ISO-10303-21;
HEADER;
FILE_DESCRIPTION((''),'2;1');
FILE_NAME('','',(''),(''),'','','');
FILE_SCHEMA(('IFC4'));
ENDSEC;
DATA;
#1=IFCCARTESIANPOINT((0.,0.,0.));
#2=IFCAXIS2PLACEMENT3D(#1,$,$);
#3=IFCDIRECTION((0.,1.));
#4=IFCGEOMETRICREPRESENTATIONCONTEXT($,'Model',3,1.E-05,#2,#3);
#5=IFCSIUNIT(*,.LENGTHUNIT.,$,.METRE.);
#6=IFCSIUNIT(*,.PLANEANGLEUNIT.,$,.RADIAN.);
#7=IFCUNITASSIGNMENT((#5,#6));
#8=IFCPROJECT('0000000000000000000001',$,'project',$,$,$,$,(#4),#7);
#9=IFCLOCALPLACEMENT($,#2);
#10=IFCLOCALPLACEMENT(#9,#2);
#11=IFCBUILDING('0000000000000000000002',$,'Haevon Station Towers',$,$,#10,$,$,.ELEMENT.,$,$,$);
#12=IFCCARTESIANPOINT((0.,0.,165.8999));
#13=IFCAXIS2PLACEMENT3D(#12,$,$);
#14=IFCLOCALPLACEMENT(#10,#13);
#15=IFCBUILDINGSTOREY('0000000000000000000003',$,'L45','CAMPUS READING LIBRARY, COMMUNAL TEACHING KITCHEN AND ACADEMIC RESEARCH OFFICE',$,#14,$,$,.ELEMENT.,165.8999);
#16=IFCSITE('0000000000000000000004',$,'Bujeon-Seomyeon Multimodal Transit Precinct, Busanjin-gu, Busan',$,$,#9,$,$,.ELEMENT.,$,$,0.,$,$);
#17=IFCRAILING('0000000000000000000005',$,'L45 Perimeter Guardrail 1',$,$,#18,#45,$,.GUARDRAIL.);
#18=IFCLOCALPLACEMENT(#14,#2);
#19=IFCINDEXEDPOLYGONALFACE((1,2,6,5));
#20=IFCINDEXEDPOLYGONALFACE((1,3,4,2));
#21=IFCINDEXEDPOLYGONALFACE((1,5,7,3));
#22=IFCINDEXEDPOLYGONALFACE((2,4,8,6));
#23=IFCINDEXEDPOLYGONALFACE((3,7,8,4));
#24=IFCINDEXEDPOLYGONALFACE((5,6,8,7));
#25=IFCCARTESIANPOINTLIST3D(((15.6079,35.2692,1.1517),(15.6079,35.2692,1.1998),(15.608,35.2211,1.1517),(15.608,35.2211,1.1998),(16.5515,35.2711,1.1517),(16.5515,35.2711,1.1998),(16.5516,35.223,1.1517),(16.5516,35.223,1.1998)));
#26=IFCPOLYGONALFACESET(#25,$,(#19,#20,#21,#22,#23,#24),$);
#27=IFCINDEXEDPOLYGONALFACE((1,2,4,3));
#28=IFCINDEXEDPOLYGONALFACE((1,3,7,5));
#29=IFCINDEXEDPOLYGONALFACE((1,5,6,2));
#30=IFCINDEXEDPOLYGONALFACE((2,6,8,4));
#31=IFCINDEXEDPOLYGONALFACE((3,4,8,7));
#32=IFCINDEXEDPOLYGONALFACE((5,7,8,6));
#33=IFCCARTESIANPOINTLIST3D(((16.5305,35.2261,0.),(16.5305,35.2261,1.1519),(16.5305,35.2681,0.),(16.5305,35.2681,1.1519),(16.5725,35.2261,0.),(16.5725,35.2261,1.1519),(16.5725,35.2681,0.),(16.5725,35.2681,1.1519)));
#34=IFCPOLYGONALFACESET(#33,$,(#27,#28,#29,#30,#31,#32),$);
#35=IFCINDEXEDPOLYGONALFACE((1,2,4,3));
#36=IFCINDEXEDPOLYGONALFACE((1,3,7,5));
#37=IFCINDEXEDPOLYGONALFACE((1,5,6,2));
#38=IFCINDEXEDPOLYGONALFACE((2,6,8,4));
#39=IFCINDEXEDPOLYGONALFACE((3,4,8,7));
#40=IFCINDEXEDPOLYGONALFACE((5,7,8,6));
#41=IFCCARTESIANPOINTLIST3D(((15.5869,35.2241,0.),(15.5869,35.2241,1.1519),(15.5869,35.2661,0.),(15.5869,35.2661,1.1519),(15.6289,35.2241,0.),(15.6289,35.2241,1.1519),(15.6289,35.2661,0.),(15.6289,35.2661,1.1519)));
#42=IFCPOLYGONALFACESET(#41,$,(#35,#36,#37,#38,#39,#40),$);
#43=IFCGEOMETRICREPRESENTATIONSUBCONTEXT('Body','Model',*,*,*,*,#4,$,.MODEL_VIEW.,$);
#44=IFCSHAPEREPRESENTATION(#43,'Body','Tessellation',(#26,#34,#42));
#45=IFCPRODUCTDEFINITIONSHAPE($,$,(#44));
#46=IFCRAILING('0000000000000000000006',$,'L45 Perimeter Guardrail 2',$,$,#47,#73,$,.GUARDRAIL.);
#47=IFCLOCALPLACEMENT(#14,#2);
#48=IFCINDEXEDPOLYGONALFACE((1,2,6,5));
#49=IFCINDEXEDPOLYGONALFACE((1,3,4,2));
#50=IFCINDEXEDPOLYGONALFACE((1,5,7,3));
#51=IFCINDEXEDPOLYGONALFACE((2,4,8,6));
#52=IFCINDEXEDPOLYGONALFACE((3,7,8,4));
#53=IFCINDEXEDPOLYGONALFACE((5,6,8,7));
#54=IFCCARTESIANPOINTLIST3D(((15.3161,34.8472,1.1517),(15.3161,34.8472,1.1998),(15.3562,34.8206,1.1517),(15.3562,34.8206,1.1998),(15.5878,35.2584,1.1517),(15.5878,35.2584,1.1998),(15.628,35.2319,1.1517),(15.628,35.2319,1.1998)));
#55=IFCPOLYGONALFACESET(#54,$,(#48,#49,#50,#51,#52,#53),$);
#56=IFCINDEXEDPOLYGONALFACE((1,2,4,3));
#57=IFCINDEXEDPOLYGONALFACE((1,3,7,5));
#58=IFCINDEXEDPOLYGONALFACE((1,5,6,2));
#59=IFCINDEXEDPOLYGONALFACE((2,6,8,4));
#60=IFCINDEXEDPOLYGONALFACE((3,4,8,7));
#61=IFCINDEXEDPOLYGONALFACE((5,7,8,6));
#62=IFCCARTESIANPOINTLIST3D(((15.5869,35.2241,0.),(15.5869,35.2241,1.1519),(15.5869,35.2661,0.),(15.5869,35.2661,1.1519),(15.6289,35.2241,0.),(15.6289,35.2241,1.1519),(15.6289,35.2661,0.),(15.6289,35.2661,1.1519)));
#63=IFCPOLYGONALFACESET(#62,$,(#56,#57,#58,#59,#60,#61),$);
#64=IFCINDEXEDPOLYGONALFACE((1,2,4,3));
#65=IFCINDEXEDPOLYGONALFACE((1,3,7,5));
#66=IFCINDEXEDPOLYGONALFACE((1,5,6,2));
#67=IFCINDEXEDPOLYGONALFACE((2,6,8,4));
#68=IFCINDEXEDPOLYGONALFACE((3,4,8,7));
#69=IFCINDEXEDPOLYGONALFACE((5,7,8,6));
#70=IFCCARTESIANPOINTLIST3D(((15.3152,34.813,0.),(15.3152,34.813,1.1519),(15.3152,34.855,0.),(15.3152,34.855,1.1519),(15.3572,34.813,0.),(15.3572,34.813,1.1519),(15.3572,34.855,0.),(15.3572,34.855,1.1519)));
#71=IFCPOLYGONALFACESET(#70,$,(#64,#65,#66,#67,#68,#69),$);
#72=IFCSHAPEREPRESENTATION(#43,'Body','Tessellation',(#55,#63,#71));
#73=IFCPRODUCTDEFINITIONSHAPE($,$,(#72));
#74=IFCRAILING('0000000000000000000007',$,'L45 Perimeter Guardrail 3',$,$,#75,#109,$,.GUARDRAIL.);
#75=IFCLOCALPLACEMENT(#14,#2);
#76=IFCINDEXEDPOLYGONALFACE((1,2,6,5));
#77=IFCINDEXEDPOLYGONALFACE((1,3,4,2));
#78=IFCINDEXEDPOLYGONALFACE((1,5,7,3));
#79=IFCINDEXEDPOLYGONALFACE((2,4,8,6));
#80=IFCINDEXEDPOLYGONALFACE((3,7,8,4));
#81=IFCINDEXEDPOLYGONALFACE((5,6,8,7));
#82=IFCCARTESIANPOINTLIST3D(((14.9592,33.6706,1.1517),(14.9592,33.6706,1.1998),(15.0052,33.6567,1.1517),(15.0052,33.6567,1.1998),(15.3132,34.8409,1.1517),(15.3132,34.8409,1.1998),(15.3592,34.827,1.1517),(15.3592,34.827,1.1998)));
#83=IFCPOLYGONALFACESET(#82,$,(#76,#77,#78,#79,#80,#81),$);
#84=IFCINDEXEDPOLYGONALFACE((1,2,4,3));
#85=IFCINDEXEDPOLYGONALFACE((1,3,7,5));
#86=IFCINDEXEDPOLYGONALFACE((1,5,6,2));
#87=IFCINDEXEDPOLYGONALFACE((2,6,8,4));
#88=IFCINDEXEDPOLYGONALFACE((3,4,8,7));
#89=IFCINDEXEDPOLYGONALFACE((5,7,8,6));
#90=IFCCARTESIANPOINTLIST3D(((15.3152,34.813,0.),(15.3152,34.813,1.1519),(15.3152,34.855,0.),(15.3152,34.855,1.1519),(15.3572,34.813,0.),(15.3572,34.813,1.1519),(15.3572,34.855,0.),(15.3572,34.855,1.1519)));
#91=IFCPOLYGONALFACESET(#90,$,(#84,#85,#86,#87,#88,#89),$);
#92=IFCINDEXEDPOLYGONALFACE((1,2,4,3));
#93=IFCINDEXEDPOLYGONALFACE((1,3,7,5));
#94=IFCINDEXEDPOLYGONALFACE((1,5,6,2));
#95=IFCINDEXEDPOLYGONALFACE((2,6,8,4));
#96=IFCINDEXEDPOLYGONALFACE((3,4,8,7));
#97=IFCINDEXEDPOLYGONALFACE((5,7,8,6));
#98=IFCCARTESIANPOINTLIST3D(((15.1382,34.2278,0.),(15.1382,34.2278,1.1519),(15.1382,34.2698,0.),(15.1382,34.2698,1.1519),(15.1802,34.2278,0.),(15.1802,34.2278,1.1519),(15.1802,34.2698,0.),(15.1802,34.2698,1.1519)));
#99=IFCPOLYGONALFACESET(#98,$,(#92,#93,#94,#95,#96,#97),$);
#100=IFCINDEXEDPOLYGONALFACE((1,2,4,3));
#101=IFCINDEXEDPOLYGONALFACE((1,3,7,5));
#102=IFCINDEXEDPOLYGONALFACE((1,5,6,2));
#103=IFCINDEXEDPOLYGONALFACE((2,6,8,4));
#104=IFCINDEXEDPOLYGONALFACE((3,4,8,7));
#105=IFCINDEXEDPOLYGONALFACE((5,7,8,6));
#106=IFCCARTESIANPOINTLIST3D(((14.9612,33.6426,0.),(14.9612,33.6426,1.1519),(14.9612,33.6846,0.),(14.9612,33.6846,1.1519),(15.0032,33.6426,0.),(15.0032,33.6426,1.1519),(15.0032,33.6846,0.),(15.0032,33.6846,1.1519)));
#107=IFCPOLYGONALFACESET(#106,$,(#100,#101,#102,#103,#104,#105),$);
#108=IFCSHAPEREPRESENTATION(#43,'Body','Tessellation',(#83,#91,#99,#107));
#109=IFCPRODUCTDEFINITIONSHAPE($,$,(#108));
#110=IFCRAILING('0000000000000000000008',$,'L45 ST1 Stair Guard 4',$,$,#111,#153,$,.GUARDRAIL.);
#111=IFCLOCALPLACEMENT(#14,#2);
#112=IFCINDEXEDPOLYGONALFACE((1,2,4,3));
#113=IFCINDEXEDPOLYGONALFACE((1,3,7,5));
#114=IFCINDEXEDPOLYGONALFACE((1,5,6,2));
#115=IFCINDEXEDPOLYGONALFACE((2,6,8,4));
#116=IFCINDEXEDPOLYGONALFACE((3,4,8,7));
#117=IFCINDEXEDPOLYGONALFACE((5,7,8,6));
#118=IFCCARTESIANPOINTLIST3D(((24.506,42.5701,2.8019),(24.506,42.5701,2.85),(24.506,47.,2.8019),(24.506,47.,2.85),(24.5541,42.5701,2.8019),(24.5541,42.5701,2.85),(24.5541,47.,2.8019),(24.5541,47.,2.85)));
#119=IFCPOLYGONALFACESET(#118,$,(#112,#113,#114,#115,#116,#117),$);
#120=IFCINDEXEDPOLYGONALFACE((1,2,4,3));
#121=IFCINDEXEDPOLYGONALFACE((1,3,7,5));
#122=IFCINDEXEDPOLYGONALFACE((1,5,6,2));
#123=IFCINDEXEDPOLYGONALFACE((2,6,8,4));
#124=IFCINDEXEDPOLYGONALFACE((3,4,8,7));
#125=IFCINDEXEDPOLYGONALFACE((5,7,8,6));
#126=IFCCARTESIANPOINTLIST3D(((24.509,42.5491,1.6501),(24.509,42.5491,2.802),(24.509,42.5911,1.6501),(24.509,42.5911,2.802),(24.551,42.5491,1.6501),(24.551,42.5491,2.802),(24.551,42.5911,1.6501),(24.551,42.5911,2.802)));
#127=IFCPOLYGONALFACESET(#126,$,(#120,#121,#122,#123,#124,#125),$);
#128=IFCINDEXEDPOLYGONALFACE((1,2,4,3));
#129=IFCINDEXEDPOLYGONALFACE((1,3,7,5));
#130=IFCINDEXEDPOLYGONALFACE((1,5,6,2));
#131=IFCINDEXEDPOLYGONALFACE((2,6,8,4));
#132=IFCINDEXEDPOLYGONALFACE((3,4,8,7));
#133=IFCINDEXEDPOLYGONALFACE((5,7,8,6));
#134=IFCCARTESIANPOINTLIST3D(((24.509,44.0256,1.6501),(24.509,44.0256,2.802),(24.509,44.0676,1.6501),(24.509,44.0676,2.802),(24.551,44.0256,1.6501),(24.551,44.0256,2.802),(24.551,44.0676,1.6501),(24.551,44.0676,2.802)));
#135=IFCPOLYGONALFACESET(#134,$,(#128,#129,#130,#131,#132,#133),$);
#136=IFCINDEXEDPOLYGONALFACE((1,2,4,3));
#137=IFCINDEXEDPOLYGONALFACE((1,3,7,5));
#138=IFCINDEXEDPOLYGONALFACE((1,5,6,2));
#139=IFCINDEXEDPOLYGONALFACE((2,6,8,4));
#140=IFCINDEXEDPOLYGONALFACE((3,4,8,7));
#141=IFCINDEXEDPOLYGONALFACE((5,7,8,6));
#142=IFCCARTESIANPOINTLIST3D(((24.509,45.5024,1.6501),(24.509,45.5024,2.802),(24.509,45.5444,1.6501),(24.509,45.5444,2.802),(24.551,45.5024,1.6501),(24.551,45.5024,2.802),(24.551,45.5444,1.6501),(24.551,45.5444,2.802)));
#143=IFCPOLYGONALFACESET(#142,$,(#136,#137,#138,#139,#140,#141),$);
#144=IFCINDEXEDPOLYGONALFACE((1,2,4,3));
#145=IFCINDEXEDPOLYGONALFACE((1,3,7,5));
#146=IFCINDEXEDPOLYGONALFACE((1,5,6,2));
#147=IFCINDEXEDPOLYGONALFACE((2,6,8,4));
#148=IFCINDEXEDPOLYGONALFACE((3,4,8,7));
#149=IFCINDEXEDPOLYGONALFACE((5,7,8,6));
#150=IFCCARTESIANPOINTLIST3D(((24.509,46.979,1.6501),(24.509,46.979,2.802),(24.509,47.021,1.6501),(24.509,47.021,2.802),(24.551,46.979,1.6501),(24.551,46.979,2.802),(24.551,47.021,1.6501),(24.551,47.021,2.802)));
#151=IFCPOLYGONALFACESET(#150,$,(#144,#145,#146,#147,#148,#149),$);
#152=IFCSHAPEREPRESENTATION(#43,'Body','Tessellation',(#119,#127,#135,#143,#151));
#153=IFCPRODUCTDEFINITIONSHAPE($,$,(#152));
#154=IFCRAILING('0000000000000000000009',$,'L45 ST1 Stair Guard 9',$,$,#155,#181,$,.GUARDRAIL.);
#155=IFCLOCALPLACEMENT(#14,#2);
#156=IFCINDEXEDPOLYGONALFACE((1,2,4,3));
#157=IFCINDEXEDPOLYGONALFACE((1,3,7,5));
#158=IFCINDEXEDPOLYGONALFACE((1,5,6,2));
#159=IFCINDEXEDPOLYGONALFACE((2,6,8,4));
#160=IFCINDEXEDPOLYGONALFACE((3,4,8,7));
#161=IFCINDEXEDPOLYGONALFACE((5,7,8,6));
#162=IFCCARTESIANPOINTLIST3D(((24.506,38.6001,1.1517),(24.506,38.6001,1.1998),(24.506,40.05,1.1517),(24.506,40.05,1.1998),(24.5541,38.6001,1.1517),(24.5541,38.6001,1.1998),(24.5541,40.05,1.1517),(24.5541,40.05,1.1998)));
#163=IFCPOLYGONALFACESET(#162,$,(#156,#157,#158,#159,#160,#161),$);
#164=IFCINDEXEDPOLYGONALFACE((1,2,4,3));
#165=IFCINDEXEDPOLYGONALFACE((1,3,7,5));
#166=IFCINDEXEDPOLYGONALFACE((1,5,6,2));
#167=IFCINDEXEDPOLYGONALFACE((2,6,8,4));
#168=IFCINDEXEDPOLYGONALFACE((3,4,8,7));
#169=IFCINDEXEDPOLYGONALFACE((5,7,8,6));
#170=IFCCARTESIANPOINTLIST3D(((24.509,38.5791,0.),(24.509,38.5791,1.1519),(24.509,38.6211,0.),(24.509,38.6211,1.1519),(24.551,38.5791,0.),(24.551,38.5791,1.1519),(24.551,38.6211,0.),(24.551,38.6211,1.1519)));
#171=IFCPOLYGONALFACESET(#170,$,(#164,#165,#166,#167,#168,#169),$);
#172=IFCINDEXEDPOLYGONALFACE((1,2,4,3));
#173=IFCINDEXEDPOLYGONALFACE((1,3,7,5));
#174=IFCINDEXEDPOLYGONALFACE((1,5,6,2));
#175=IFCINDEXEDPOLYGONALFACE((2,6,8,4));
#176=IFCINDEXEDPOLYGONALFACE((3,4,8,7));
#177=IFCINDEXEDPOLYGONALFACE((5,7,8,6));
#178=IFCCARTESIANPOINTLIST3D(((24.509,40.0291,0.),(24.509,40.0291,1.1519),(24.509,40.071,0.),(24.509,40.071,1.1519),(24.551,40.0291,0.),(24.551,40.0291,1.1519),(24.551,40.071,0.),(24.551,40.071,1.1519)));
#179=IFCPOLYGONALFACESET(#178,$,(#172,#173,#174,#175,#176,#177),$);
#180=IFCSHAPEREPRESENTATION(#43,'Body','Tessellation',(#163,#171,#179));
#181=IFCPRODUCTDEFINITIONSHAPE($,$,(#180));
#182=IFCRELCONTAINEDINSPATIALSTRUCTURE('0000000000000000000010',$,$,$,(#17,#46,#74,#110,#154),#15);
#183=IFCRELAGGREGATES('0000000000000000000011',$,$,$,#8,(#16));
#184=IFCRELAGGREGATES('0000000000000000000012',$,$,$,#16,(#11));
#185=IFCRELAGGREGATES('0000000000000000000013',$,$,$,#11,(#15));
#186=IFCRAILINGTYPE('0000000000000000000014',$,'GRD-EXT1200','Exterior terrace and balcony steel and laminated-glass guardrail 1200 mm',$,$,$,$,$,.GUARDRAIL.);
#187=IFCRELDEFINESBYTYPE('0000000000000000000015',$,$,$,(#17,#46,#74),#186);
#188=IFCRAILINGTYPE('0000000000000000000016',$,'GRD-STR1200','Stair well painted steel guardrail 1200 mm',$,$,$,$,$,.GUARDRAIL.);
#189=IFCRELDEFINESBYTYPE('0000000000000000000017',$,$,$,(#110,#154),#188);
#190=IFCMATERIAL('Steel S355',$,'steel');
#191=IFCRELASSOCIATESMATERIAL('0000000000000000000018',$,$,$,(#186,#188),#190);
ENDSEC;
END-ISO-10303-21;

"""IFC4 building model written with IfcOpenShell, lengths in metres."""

from ifc_helpers import new_model, si_unit, direction, frame, origin, origin_2d, place, context, subcontext, project, spatial, rectangle, extrude, material, type_object, element, save


model = new_model("IFC4")

# Units and contexts
model_context = context("Model", 3, precision=1e-05, world=origin(), true_north=direction((0.0, 1.0)))
body_context = subcontext(model_context, "Body", "Model", "MODEL_VIEW")
ifc_project = project(units=[si_unit("LENGTHUNIT", "METRE"), si_unit("PLANEANGLEUNIT", "RADIAN")], contexts=[model_context])

# Site, building, storey
site_placement = place(None, origin())
site = spatial("IfcSite", under=ifc_project, at=site_placement, Name="Bujeon-Seomyeon Multimodal Transit Precinct, Busanjin-gu, Busan", CompositionType="ELEMENT", RefElevation=0.0)
building_placement = place(site_placement, origin())
building = spatial("IfcBuilding", under=site, at=building_placement, Name="Haevon Station Towers", CompositionType="ELEMENT")
storey_placement = place(building_placement, frame((0.0, 0.0, 165.8999)))
storey = spatial("IfcBuildingStorey", under=building, at=storey_placement, Name="L45", Description="CAMPUS READING LIBRARY, COMMUNAL TEACHING KITCHEN AND ACADEMIC RESEARCH OFFICE", CompositionType="ELEMENT", Elevation=165.8999)

# Shared definitions
ifc_material_1 = material(Name="Steel S355", Category="steel")

# Railings
railing_type_1 = type_object("IfcRailingType", Name="GRD-EXT1200", Description="Exterior terrace and balcony steel and laminated-glass guardrail 1200 mm", PredefinedType="GUARDRAIL", material=ifc_material_1)
railing_1_placement = place(storey_placement, frame((16.5515, 35.2471, 0.0)))
element("IfcRailing", 1, at=railing_1_placement, inside=storey, type_object=railing_type_1, Name="L45 Perimeter Guardrail 1", PredefinedType="GUARDRAIL", context=body_context, shape_type="SweptSolid", body=[
    extrude(rectangle(XDim=0.0481, YDim=0.0481, at=origin_2d()), frame((0.0, 0.0, 1.1758), z_axis=(-0.999998, -0.00207, 0.0), x_axis=(0.00207, -0.999998, 0.0)), (0.0, 0.0, 1.0), 0.9436),
    extrude(rectangle(XDim=0.042, YDim=0.042, at=origin_2d()), origin(), (0.0, 0.0, 1.0), 1.1519),
    extrude(rectangle(XDim=0.042, YDim=0.042, at=origin_2d()), frame((-0.9436, -0.002, 0.0)), (0.0, 0.0, 1.0), 1.1519),
])
railing_2_placement = place(storey_placement, frame((15.6079, 35.2451, 0.0)))
element("IfcRailing", 2, at=railing_2_placement, inside=storey, type_object=railing_type_1, Name="L45 Perimeter Guardrail 2", PredefinedType="GUARDRAIL", context=body_context, shape_type="SweptSolid", body=[
    extrude(rectangle(XDim=0.0481, YDim=0.0481, at=origin_2d()), frame((0.0, 0.0, 1.1758), z_axis=(-0.55138, -0.834254, 0.0), x_axis=(0.834254, -0.55138, 0.0)), (0.0, 0.0, 1.0), 0.4929),
    extrude(rectangle(XDim=0.042, YDim=0.042, at=origin_2d()), origin(), (0.0, 0.0, 1.0), 1.1519),
    extrude(rectangle(XDim=0.042, YDim=0.042, at=origin_2d()), frame((-0.2717, -0.4111, 0.0)), (0.0, 0.0, 1.0), 1.1519),
])
railing_3_placement = place(storey_placement, frame((15.3362, 34.834, 0.0)))
element("IfcRailing", 3, at=railing_3_placement, inside=storey, type_object=railing_type_1, Name="L45 Perimeter Guardrail 3", PredefinedType="GUARDRAIL", context=body_context, shape_type="SweptSolid", body=[
    extrude(rectangle(XDim=0.0481, YDim=0.0481, at=origin_2d()), frame((0.0, 0.0, 1.1758), z_axis=(-0.289509, -0.957175, 0.0), x_axis=(0.957175, -0.289509, 0.0)), (0.0, 0.0, 1.0), 1.2227),
    extrude(rectangle(XDim=0.042, YDim=0.042, at=origin_2d()), origin(), (0.0, 0.0, 1.0), 1.1519),
    extrude(rectangle(XDim=0.042, YDim=0.042, at=origin_2d()), frame((-0.177, -0.5852, 0.0)), (0.0, 0.0, 1.0), 1.1519),
    extrude(rectangle(XDim=0.042, YDim=0.042, at=origin_2d()), frame((-0.354, -1.1704, 0.0)), (0.0, 0.0, 1.0), 1.1519),
])
railing_type_2 = type_object("IfcRailingType", Name="GRD-STR1200", Description="Stair well painted steel guardrail 1200 mm", PredefinedType="GUARDRAIL", material=ifc_material_1)
railing_4_placement = place(storey_placement, frame((24.53, 42.5701, 1.6501)))
element("IfcRailing", 4, at=railing_4_placement, inside=storey, type_object=railing_type_2, Name="L45 ST1 Stair Guard 4", PredefinedType="GUARDRAIL", context=body_context, shape_type="SweptSolid", body=[
    extrude(rectangle(XDim=0.0481, YDim=0.0481, at=origin_2d()), frame((0.0, 0.0, 1.1758), z_axis=(0.0, 1.0, 0.0), x_axis=(-1.0, 0.0, 0.0)), (0.0, 0.0, 1.0), 4.4299),
    extrude(rectangle(XDim=0.042, YDim=0.042, at=origin_2d()), origin(), (0.0, 0.0, 1.0), 1.1519),
    extrude(rectangle(XDim=0.042, YDim=0.042, at=origin_2d()), frame((0.0, 1.4766, 0.0)), (0.0, 0.0, 1.0), 1.1519),
    extrude(rectangle(XDim=0.042, YDim=0.042, at=origin_2d()), frame((0.0, 2.9534, 0.0)), (0.0, 0.0, 1.0), 1.1519),
    extrude(rectangle(XDim=0.042, YDim=0.042, at=origin_2d()), frame((0.0, 4.4299, 0.0)), (0.0, 0.0, 1.0), 1.1519),
])
railing_5_placement = place(storey_placement, frame((24.53, 38.6001, 0.0)))
element("IfcRailing", 5, at=railing_5_placement, inside=storey, type_object=railing_type_2, Name="L45 ST1 Stair Guard 9", PredefinedType="GUARDRAIL", context=body_context, shape_type="SweptSolid", body=[
    extrude(rectangle(XDim=0.0481, YDim=0.0481, at=origin_2d()), frame((0.0, 0.0, 1.1758), z_axis=(0.0, 1.0, 0.0), x_axis=(-1.0, 0.0, 0.0)), (0.0, 0.0, 1.0), 1.45),
    extrude(rectangle(XDim=0.042, YDim=0.042, at=origin_2d()), origin(), (0.0, 0.0, 1.0), 1.1519),
    extrude(rectangle(XDim=0.042, YDim=0.042, at=origin_2d()), frame((0.0, 1.45, 0.0)), (0.0, 0.0, 1.0), 1.1519),
])

save(model, "model.ifc")
